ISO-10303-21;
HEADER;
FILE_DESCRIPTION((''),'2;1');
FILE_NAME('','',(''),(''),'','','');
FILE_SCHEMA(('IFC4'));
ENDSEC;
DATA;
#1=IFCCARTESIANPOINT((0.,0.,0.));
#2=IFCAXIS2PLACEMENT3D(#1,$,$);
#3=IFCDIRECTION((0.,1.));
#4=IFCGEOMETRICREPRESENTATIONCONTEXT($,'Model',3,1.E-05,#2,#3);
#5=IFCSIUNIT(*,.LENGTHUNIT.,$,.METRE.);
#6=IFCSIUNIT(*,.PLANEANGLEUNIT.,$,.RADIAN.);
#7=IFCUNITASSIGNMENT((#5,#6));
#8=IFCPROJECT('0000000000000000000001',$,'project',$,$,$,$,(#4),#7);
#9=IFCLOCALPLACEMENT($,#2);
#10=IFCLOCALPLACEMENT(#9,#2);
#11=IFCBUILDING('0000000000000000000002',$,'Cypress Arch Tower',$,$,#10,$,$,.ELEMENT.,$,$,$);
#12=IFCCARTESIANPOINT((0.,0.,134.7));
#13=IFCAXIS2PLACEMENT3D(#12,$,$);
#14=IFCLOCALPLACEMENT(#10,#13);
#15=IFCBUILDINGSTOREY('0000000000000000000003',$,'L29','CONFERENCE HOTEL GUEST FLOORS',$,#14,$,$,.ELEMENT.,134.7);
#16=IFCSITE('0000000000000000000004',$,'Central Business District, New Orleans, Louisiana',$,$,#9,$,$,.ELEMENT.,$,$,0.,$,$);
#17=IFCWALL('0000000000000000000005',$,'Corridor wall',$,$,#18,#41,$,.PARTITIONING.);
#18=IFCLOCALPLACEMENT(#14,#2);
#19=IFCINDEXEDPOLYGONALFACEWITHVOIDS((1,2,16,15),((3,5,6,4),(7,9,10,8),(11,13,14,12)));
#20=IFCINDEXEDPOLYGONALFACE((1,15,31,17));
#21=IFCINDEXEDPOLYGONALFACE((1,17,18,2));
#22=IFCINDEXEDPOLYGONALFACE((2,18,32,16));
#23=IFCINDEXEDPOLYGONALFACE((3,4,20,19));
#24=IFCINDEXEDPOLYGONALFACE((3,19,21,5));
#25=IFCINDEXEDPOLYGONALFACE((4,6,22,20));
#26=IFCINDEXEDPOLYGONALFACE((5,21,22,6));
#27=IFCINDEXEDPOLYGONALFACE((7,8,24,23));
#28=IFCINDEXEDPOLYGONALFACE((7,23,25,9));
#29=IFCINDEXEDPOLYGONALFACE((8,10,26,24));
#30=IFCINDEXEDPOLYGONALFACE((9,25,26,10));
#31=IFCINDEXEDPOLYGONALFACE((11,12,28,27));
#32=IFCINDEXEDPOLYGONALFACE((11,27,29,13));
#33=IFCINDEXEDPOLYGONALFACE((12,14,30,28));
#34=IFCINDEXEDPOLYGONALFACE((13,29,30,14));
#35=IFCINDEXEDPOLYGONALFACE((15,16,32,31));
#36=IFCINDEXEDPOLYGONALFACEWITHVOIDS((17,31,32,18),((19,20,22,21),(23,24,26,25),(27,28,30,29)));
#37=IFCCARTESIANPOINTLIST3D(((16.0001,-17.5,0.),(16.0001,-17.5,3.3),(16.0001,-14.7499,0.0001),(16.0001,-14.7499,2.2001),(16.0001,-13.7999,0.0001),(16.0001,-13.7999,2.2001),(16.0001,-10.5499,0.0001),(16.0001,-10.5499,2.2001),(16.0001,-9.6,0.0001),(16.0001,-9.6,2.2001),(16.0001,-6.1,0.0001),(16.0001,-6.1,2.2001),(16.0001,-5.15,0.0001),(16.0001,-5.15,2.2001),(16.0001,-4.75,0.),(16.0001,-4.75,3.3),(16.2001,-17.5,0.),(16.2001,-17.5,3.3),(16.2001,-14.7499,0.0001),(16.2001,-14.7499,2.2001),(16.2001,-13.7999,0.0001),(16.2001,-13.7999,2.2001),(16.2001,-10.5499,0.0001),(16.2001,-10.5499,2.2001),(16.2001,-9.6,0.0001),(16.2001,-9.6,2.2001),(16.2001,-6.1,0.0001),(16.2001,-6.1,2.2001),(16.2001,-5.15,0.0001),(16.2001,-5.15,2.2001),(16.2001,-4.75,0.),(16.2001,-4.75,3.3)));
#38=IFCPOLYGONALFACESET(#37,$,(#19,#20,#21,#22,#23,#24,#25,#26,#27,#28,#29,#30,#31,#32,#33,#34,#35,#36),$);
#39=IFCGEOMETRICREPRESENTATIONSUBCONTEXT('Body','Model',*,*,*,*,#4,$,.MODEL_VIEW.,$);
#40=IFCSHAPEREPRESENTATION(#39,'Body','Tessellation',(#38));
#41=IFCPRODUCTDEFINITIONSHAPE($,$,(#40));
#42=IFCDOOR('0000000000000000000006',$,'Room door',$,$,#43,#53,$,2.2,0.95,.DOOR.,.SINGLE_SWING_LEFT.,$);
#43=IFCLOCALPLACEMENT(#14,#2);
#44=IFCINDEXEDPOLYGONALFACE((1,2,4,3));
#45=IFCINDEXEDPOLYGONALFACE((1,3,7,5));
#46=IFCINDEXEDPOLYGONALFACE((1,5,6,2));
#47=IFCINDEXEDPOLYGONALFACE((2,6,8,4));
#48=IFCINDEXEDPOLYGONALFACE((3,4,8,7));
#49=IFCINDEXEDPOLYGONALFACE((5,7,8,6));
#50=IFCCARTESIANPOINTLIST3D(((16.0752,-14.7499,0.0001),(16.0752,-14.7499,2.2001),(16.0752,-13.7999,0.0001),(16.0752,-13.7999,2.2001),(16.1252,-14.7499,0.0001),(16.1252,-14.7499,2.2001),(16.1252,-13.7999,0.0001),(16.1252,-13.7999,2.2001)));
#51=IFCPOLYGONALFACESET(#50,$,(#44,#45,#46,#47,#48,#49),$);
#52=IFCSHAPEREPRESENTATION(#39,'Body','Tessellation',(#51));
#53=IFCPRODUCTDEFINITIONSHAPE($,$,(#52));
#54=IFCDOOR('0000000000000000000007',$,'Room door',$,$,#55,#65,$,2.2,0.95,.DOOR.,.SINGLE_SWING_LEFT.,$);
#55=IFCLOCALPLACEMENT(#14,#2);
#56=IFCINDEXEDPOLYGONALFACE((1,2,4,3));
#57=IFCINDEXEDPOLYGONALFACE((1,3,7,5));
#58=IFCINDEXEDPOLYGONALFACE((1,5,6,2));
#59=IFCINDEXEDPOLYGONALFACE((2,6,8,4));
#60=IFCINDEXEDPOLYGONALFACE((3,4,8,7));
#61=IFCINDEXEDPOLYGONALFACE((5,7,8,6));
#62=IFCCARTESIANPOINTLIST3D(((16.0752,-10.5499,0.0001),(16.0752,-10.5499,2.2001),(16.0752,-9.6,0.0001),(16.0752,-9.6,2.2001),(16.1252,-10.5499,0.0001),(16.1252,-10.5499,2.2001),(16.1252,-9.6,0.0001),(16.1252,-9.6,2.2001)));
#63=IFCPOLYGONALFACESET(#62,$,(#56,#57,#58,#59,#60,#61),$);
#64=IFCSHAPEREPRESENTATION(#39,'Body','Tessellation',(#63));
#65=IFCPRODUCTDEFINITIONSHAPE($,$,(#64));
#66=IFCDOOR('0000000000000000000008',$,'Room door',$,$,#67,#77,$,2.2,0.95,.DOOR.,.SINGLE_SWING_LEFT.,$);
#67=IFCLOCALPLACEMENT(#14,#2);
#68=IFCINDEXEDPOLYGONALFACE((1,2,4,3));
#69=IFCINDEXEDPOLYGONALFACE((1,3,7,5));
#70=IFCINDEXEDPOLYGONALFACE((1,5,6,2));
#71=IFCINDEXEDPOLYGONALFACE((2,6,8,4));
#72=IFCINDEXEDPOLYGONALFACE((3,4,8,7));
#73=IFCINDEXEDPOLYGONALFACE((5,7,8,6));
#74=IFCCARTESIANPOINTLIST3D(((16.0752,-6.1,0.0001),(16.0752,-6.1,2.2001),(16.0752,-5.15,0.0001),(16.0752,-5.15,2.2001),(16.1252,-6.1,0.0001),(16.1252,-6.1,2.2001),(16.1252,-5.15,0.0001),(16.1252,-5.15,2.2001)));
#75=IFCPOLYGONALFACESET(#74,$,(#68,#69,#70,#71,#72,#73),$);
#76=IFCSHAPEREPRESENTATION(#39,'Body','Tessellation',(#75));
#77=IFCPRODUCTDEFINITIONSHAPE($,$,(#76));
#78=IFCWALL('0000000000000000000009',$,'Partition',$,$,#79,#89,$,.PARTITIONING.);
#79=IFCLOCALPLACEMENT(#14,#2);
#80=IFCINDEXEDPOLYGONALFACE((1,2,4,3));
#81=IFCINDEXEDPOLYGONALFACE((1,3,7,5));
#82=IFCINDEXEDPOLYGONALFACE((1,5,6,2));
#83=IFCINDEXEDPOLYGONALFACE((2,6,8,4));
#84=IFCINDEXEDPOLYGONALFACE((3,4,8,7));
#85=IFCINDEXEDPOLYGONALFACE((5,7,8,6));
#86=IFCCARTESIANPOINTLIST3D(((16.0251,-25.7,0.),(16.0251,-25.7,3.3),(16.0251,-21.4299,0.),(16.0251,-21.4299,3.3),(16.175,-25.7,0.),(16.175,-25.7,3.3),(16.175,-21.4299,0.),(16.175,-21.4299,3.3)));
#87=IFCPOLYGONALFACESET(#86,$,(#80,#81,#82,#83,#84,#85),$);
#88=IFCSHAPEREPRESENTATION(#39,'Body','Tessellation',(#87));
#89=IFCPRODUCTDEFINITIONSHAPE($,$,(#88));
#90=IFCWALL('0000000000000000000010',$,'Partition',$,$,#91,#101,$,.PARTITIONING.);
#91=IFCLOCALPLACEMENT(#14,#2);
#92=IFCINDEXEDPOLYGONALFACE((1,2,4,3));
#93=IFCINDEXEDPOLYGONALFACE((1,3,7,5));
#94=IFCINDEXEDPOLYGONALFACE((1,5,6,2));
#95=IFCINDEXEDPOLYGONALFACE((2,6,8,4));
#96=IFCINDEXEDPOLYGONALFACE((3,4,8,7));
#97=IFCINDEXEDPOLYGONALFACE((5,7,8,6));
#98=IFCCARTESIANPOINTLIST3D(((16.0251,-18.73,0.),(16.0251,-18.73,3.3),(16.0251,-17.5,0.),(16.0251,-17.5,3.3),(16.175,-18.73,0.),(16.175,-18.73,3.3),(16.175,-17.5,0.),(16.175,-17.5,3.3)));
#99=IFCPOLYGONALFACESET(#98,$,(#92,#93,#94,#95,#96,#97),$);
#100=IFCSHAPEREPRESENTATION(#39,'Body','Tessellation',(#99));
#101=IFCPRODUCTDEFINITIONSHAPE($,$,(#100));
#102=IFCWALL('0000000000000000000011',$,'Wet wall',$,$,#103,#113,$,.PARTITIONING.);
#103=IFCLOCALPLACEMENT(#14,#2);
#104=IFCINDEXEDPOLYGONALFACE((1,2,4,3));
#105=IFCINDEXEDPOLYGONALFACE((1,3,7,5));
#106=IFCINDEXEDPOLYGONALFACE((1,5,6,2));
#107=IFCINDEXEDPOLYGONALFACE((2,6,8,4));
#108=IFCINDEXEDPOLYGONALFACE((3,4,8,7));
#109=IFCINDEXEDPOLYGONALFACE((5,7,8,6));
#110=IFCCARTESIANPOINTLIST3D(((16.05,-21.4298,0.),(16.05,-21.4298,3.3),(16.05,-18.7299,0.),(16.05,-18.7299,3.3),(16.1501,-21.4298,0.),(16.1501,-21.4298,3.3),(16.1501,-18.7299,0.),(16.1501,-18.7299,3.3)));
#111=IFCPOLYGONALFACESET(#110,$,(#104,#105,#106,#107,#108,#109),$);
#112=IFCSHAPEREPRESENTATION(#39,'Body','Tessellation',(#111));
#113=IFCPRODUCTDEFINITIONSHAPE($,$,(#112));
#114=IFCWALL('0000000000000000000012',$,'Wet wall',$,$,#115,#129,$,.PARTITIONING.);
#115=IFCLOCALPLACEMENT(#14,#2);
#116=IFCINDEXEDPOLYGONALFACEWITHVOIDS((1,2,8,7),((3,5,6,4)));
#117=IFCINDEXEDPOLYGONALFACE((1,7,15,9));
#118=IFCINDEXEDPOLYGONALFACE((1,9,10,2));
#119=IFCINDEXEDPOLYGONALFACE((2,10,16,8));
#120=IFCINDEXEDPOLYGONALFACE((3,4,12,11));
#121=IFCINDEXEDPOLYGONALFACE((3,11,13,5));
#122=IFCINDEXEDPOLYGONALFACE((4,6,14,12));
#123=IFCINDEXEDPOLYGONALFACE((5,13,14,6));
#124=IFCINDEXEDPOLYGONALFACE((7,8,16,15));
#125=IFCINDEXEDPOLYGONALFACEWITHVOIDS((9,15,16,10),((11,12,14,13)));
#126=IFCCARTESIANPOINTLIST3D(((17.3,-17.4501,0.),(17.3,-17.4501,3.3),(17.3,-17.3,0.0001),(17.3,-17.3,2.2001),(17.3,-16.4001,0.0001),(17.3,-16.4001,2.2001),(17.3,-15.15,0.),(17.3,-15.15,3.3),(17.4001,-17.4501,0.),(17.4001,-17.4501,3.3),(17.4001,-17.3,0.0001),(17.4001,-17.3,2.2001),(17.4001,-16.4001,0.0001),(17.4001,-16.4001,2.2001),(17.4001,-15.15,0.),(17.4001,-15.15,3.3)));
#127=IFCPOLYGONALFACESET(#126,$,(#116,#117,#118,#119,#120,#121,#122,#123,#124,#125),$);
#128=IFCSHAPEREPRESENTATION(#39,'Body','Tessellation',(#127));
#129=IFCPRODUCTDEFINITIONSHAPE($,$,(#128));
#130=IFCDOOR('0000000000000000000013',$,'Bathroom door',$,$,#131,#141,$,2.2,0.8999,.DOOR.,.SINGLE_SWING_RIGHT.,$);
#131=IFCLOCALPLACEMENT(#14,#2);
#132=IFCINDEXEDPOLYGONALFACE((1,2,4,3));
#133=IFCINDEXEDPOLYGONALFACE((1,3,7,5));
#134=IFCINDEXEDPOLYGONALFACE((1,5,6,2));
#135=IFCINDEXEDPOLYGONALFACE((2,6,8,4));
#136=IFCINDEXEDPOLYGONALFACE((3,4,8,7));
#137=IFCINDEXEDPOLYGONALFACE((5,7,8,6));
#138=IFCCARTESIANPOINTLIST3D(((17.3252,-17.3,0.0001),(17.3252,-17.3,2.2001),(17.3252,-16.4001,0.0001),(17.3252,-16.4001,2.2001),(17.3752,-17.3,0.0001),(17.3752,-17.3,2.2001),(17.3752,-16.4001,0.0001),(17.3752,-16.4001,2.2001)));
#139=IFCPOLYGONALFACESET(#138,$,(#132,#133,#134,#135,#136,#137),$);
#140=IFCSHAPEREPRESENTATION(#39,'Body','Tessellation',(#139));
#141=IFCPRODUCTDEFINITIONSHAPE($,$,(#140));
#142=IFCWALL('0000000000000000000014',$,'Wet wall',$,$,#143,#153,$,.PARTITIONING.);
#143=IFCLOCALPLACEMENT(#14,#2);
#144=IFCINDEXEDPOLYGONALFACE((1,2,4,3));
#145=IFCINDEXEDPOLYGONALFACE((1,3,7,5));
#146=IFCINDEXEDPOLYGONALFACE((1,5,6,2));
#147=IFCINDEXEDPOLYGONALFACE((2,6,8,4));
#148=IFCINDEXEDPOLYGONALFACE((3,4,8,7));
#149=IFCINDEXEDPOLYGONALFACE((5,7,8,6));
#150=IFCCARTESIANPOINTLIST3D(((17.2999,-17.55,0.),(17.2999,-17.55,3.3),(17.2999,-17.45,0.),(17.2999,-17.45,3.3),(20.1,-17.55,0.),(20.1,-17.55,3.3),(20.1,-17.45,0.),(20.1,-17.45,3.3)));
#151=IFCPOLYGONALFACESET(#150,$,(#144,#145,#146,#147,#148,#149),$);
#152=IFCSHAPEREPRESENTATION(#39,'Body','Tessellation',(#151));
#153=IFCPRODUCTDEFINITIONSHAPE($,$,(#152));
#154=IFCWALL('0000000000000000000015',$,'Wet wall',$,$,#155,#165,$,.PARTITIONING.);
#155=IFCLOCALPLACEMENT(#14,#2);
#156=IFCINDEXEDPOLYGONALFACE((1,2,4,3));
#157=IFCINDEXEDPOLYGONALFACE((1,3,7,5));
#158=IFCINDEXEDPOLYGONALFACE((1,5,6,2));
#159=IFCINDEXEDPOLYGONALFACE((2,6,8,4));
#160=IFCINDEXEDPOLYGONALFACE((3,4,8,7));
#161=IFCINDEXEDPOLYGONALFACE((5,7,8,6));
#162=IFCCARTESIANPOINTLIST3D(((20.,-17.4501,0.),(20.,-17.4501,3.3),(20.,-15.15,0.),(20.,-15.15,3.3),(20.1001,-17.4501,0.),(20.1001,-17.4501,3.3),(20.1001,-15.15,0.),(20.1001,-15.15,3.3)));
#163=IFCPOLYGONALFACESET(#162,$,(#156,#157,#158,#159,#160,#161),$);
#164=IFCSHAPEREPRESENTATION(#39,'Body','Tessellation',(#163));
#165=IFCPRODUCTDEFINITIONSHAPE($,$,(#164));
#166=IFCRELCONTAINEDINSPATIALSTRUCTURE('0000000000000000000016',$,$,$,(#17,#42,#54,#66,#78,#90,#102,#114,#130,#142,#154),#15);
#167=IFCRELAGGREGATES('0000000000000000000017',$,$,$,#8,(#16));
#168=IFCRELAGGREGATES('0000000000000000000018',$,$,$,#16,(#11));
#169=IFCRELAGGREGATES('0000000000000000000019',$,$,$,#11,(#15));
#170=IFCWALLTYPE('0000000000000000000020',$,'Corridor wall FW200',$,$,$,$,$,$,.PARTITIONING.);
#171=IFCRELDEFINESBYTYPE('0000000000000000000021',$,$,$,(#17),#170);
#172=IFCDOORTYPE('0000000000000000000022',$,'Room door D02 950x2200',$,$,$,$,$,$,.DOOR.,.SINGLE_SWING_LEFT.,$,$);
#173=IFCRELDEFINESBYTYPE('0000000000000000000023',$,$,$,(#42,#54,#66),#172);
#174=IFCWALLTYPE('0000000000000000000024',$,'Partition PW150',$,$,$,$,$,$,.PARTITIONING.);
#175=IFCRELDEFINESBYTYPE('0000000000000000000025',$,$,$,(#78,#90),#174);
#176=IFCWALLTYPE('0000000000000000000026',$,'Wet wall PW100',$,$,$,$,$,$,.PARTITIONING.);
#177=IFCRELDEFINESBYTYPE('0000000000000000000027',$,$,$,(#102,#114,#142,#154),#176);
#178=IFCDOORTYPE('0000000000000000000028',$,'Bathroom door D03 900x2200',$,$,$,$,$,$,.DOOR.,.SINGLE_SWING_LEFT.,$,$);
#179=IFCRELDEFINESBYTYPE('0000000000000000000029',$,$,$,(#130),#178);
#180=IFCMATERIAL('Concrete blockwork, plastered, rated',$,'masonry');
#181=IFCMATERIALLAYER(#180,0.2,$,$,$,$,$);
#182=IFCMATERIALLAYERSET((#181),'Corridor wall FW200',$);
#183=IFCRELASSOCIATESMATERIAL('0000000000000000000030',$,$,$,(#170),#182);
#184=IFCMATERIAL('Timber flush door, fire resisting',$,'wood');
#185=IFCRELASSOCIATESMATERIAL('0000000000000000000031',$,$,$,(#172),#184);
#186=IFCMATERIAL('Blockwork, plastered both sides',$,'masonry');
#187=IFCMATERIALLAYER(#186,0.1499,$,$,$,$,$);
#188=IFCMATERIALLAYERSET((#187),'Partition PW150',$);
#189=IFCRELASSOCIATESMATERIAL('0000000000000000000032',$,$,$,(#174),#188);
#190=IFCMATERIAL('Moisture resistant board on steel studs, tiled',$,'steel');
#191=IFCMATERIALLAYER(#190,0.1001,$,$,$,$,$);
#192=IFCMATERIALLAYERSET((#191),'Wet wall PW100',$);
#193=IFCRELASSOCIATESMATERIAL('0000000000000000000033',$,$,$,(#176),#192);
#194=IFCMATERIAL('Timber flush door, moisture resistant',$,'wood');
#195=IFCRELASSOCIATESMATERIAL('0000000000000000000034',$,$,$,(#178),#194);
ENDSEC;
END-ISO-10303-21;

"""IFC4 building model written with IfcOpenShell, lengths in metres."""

from ifc_helpers import new_model, si_unit, direction, frame, frame_2d, origin, place, context, subcontext, project, spatial, rectangle, extrude, material, layer, layer_set, type_object, element, fill, save


model = new_model("IFC4")

# Units and contexts
model_context = context("Model", 3, precision=1e-05, world=origin(), true_north=direction((0.0, 1.0)))
body_context = subcontext(model_context, "Body", "Model", "MODEL_VIEW")
ifc_project = project(units=[si_unit("LENGTHUNIT", "METRE"), si_unit("PLANEANGLEUNIT", "RADIAN")], contexts=[model_context])

# Site, building, storey
site_placement = place(None, origin())
site = spatial("IfcSite", under=ifc_project, at=site_placement, Name="Central Business District, New Orleans, Louisiana", CompositionType="ELEMENT", RefElevation=0.0)
building_placement = place(site_placement, origin())
building = spatial("IfcBuilding", under=site, at=building_placement, Name="Cypress Arch Tower", CompositionType="ELEMENT")
storey_placement = place(building_placement, frame((0.0, 0.0, 134.7)))
storey = spatial("IfcBuildingStorey", under=building, at=storey_placement, Name="L29", Description="CONFERENCE HOTEL GUEST FLOORS", CompositionType="ELEMENT", Elevation=134.7)

# Shared definitions
ifc_material_1 = material(Name="Concrete blockwork, plastered, rated", Category="masonry")
ifc_layer_1 = layer(ifc_material_1, 0.2)
ifc_layer_set_1 = layer_set([ifc_layer_1], Name="Corridor wall FW200")
wall_type_1 = type_object("IfcWallType", Name="Corridor wall FW200", PredefinedType="PARTITIONING", material=ifc_layer_set_1)

# Wall, openings, doors
wall_1_placement = place(storey_placement, frame((16.1001, -17.5, 0.0), z_axis=(0.0, 0.0, 1.0), x_axis=(0.0, 1.0, 0.0)))
wall_1 = element("IfcWall", 1, at=wall_1_placement, inside=storey, type_object=wall_type_1, Name="Corridor wall", PredefinedType="PARTITIONING", context=body_context, shape_type="SweptSolid", body=[
    extrude(rectangle(XDim=12.75, YDim=0.2, at=frame_2d((6.375, 0.0))), origin(), (0.0, 0.0, 1.0), 3.3),
])
opening_1_placement = place(wall_1_placement, frame((2.75, 0.0, 0.0)))
opening_1 = element("IfcOpeningElement", 2, at=opening_1_placement, cuts=wall_1, PredefinedType="OPENING", context=body_context, shape_type="SweptSolid", body=[
    extrude(rectangle(XDim=0.95, YDim=2.2, at=frame_2d((0.4751, 1.1001))), frame((0.0, 0.1099, 0.0), z_axis=(0.0, -1.0, 0.0), x_axis=(1.0, 0.0, 0.0)), (0.0, 0.0, 1.0), 0.22),
])
opening_2_placement = place(wall_1_placement, frame((6.95, 0.0, 0.0)))
opening_2 = element("IfcOpeningElement", 3, at=opening_2_placement, cuts=wall_1, PredefinedType="OPENING", context=body_context, shape_type="SweptSolid", body=[
    extrude(rectangle(XDim=0.95, YDim=2.2, at=frame_2d((0.4751, 1.1001))), frame((0.0, 0.1099, 0.0), z_axis=(0.0, -1.0, 0.0), x_axis=(1.0, 0.0, 0.0)), (0.0, 0.0, 1.0), 0.22),
])
opening_3_placement = place(wall_1_placement, frame((11.3999, 0.0, 0.0)))
opening_3 = element("IfcOpeningElement", 4, at=opening_3_placement, cuts=wall_1, PredefinedType="OPENING", context=body_context, shape_type="SweptSolid", body=[
    extrude(rectangle(XDim=0.95, YDim=2.2, at=frame_2d((0.4751, 1.1001))), frame((0.0, 0.1099, 0.0), z_axis=(0.0, -1.0, 0.0), x_axis=(1.0, 0.0, 0.0)), (0.0, 0.0, 1.0), 0.22),
])
ifc_material_2 = material(Name="Timber flush door, fire resisting", Category="wood")
door_type_1 = type_object("IfcDoorType", Name="Room door D02 950x2200", OperationType="SINGLE_SWING_LEFT", PredefinedType="DOOR", material=ifc_material_2)
door_1_placement = place(opening_1_placement, origin())
door_1 = element("IfcDoor", 5, at=door_1_placement, inside=storey, type_object=door_type_1, Name="Room door", OperationType="SINGLE_SWING_LEFT", OverallHeight=2.2, OverallWidth=0.95, PredefinedType="DOOR", context=body_context, shape_type="SweptSolid", body=[
    extrude(rectangle(XDim=0.95, YDim=2.2, at=frame_2d((0.4751, 1.1001))), frame((0.0, 0.0249, 0.0), z_axis=(0.0, -1.0, 0.0), x_axis=(1.0, 0.0, 0.0)), (0.0, 0.0, 1.0), 0.05),
])
fill(opening_1, door_1)
door_2_placement = place(opening_2_placement, origin())
door_2 = element("IfcDoor", 6, at=door_2_placement, inside=storey, type_object=door_type_1, Name="Room door", OperationType="SINGLE_SWING_LEFT", OverallHeight=2.2, OverallWidth=0.95, PredefinedType="DOOR", context=body_context, shape_type="SweptSolid", body=[
    extrude(rectangle(XDim=0.95, YDim=2.2, at=frame_2d((0.4751, 1.1001))), frame((0.0, 0.0249, 0.0), z_axis=(0.0, -1.0, 0.0), x_axis=(1.0, 0.0, 0.0)), (0.0, 0.0, 1.0), 0.05),
])
fill(opening_2, door_2)
door_3_placement = place(opening_3_placement, origin())
door_3 = element("IfcDoor", 7, at=door_3_placement, inside=storey, type_object=door_type_1, Name="Room door", OperationType="SINGLE_SWING_LEFT", OverallHeight=2.2, OverallWidth=0.95, PredefinedType="DOOR", context=body_context, shape_type="SweptSolid", body=[
    extrude(rectangle(XDim=0.95, YDim=2.2, at=frame_2d((0.4751, 1.1001))), frame((0.0, 0.0249, 0.0), z_axis=(0.0, -1.0, 0.0), x_axis=(1.0, 0.0, 0.0)), (0.0, 0.0, 1.0), 0.05),
])
fill(opening_3, door_3)

# Walls
ifc_material_3 = material(Name="Blockwork, plastered both sides", Category="masonry")
ifc_layer_2 = layer(ifc_material_3, 0.1499)
ifc_layer_set_2 = layer_set([ifc_layer_2], Name="Partition PW150")
wall_type_2 = type_object("IfcWallType", Name="Partition PW150", PredefinedType="PARTITIONING", material=ifc_layer_set_2)
wall_2_placement = place(storey_placement, frame((16.1001, -25.7, 0.0), z_axis=(0.0, 0.0, 1.0), x_axis=(0.0, 1.0, 0.0)))
element("IfcWall", 8, at=wall_2_placement, inside=storey, type_object=wall_type_2, Name="Partition", PredefinedType="PARTITIONING", context=body_context, shape_type="SweptSolid", body=[
    extrude(rectangle(XDim=4.27, YDim=0.1499, at=frame_2d((2.135, 0.0))), origin(), (0.0, 0.0, 1.0), 3.3),
])
wall_3_placement = place(storey_placement, frame((16.1001, -18.73, 0.0), z_axis=(0.0, 0.0, 1.0), x_axis=(0.0, 1.0, 0.0)))
element("IfcWall", 9, at=wall_3_placement, inside=storey, type_object=wall_type_2, Name="Partition", PredefinedType="PARTITIONING", context=body_context, shape_type="SweptSolid", body=[
    extrude(rectangle(XDim=1.23, YDim=0.1499, at=frame_2d((0.615, 0.0))), origin(), (0.0, 0.0, 1.0), 3.3),
])
ifc_material_4 = material(Name="Moisture resistant board on steel studs, tiled", Category="steel")
ifc_layer_3 = layer(ifc_material_4, 0.1001)
ifc_layer_set_3 = layer_set([ifc_layer_3], Name="Wet wall PW100")
wall_type_3 = type_object("IfcWallType", Name="Wet wall PW100", PredefinedType="PARTITIONING", material=ifc_layer_set_3)
wall_4_placement = place(storey_placement, frame((16.1001, -21.4299, 0.0), z_axis=(0.0, 0.0, 1.0), x_axis=(0.0, 1.0, 0.0)))
element("IfcWall", 10, at=wall_4_placement, inside=storey, type_object=wall_type_3, Name="Wet wall", PredefinedType="PARTITIONING", context=body_context, shape_type="SweptSolid", body=[
    extrude(rectangle(XDim=2.7, YDim=0.1001, at=frame_2d((1.3501, 0.0))), origin(), (0.0, 0.0, 1.0), 3.3),
])

# Wall, opening, door
wall_5_placement = place(storey_placement, frame((17.3501, -17.45, 0.0), z_axis=(0.0, 0.0, 1.0), x_axis=(0.0, 1.0, 0.0)))
wall_5 = element("IfcWall", 11, at=wall_5_placement, inside=storey, type_object=wall_type_3, Name="Wet wall", PredefinedType="PARTITIONING", context=body_context, shape_type="SweptSolid", body=[
    extrude(rectangle(XDim=2.3, YDim=0.1001, at=frame_2d((1.1499, 0.0))), origin(), (0.0, 0.0, 1.0), 3.3),
])
opening_4_placement = place(wall_5_placement, frame((0.1499, 0.0, 0.0)))
opening_4 = element("IfcOpeningElement", 12, at=opening_4_placement, cuts=wall_5, PredefinedType="OPENING", context=body_context, shape_type="SweptSolid", body=[
    extrude(rectangle(XDim=0.8999, YDim=2.2, at=frame_2d((0.45, 1.1001))), frame((0.0, 0.0601, 0.0), z_axis=(0.0, -1.0, 0.0), x_axis=(1.0, 0.0, 0.0)), (0.0, 0.0, 1.0), 0.1201),
])
ifc_material_5 = material(Name="Timber flush door, moisture resistant", Category="wood")
door_type_2 = type_object("IfcDoorType", Name="Bathroom door D03 900x2200", OperationType="SINGLE_SWING_LEFT", PredefinedType="DOOR", material=ifc_material_5)
door_4_placement = place(opening_4_placement, origin())
door_4 = element("IfcDoor", 13, at=door_4_placement, inside=storey, type_object=door_type_2, Name="Bathroom door", OperationType="SINGLE_SWING_RIGHT", OverallHeight=2.2, OverallWidth=0.8999, PredefinedType="DOOR", context=body_context, shape_type="SweptSolid", body=[
    extrude(rectangle(XDim=0.8999, YDim=2.2, at=frame_2d((0.45, 1.1001))), frame((0.0, 0.0249, 0.0), z_axis=(0.0, -1.0, 0.0), x_axis=(1.0, 0.0, 0.0)), (0.0, 0.0, 1.0), 0.05),
])
fill(opening_4, door_4)

# Walls
wall_6_placement = place(storey_placement, frame((17.3, -17.5, 0.0), z_axis=(0.0, 0.0, 1.0), x_axis=(1.0, 0.0, 0.0)))
element("IfcWall", 14, at=wall_6_placement, inside=storey, type_object=wall_type_3, Name="Wet wall", PredefinedType="PARTITIONING", context=body_context, shape_type="SweptSolid", body=[
    extrude(rectangle(XDim=2.8, YDim=0.1001, at=frame_2d((1.3999, 0.0))), origin(), (0.0, 0.0, 1.0), 3.3),
])
wall_7_placement = place(storey_placement, frame((20.05, -17.45, 0.0), z_axis=(0.0, 0.0, 1.0), x_axis=(0.0, 1.0, 0.0)))
element("IfcWall", 15, at=wall_7_placement, inside=storey, type_object=wall_type_3, Name="Wet wall", PredefinedType="PARTITIONING", context=body_context, shape_type="SweptSolid", body=[
    extrude(rectangle(XDim=2.3, YDim=0.1001, at=frame_2d((1.1499, 0.0))), origin(), (0.0, 0.0, 1.0), 3.3),
])

save(model, "model.ifc")
